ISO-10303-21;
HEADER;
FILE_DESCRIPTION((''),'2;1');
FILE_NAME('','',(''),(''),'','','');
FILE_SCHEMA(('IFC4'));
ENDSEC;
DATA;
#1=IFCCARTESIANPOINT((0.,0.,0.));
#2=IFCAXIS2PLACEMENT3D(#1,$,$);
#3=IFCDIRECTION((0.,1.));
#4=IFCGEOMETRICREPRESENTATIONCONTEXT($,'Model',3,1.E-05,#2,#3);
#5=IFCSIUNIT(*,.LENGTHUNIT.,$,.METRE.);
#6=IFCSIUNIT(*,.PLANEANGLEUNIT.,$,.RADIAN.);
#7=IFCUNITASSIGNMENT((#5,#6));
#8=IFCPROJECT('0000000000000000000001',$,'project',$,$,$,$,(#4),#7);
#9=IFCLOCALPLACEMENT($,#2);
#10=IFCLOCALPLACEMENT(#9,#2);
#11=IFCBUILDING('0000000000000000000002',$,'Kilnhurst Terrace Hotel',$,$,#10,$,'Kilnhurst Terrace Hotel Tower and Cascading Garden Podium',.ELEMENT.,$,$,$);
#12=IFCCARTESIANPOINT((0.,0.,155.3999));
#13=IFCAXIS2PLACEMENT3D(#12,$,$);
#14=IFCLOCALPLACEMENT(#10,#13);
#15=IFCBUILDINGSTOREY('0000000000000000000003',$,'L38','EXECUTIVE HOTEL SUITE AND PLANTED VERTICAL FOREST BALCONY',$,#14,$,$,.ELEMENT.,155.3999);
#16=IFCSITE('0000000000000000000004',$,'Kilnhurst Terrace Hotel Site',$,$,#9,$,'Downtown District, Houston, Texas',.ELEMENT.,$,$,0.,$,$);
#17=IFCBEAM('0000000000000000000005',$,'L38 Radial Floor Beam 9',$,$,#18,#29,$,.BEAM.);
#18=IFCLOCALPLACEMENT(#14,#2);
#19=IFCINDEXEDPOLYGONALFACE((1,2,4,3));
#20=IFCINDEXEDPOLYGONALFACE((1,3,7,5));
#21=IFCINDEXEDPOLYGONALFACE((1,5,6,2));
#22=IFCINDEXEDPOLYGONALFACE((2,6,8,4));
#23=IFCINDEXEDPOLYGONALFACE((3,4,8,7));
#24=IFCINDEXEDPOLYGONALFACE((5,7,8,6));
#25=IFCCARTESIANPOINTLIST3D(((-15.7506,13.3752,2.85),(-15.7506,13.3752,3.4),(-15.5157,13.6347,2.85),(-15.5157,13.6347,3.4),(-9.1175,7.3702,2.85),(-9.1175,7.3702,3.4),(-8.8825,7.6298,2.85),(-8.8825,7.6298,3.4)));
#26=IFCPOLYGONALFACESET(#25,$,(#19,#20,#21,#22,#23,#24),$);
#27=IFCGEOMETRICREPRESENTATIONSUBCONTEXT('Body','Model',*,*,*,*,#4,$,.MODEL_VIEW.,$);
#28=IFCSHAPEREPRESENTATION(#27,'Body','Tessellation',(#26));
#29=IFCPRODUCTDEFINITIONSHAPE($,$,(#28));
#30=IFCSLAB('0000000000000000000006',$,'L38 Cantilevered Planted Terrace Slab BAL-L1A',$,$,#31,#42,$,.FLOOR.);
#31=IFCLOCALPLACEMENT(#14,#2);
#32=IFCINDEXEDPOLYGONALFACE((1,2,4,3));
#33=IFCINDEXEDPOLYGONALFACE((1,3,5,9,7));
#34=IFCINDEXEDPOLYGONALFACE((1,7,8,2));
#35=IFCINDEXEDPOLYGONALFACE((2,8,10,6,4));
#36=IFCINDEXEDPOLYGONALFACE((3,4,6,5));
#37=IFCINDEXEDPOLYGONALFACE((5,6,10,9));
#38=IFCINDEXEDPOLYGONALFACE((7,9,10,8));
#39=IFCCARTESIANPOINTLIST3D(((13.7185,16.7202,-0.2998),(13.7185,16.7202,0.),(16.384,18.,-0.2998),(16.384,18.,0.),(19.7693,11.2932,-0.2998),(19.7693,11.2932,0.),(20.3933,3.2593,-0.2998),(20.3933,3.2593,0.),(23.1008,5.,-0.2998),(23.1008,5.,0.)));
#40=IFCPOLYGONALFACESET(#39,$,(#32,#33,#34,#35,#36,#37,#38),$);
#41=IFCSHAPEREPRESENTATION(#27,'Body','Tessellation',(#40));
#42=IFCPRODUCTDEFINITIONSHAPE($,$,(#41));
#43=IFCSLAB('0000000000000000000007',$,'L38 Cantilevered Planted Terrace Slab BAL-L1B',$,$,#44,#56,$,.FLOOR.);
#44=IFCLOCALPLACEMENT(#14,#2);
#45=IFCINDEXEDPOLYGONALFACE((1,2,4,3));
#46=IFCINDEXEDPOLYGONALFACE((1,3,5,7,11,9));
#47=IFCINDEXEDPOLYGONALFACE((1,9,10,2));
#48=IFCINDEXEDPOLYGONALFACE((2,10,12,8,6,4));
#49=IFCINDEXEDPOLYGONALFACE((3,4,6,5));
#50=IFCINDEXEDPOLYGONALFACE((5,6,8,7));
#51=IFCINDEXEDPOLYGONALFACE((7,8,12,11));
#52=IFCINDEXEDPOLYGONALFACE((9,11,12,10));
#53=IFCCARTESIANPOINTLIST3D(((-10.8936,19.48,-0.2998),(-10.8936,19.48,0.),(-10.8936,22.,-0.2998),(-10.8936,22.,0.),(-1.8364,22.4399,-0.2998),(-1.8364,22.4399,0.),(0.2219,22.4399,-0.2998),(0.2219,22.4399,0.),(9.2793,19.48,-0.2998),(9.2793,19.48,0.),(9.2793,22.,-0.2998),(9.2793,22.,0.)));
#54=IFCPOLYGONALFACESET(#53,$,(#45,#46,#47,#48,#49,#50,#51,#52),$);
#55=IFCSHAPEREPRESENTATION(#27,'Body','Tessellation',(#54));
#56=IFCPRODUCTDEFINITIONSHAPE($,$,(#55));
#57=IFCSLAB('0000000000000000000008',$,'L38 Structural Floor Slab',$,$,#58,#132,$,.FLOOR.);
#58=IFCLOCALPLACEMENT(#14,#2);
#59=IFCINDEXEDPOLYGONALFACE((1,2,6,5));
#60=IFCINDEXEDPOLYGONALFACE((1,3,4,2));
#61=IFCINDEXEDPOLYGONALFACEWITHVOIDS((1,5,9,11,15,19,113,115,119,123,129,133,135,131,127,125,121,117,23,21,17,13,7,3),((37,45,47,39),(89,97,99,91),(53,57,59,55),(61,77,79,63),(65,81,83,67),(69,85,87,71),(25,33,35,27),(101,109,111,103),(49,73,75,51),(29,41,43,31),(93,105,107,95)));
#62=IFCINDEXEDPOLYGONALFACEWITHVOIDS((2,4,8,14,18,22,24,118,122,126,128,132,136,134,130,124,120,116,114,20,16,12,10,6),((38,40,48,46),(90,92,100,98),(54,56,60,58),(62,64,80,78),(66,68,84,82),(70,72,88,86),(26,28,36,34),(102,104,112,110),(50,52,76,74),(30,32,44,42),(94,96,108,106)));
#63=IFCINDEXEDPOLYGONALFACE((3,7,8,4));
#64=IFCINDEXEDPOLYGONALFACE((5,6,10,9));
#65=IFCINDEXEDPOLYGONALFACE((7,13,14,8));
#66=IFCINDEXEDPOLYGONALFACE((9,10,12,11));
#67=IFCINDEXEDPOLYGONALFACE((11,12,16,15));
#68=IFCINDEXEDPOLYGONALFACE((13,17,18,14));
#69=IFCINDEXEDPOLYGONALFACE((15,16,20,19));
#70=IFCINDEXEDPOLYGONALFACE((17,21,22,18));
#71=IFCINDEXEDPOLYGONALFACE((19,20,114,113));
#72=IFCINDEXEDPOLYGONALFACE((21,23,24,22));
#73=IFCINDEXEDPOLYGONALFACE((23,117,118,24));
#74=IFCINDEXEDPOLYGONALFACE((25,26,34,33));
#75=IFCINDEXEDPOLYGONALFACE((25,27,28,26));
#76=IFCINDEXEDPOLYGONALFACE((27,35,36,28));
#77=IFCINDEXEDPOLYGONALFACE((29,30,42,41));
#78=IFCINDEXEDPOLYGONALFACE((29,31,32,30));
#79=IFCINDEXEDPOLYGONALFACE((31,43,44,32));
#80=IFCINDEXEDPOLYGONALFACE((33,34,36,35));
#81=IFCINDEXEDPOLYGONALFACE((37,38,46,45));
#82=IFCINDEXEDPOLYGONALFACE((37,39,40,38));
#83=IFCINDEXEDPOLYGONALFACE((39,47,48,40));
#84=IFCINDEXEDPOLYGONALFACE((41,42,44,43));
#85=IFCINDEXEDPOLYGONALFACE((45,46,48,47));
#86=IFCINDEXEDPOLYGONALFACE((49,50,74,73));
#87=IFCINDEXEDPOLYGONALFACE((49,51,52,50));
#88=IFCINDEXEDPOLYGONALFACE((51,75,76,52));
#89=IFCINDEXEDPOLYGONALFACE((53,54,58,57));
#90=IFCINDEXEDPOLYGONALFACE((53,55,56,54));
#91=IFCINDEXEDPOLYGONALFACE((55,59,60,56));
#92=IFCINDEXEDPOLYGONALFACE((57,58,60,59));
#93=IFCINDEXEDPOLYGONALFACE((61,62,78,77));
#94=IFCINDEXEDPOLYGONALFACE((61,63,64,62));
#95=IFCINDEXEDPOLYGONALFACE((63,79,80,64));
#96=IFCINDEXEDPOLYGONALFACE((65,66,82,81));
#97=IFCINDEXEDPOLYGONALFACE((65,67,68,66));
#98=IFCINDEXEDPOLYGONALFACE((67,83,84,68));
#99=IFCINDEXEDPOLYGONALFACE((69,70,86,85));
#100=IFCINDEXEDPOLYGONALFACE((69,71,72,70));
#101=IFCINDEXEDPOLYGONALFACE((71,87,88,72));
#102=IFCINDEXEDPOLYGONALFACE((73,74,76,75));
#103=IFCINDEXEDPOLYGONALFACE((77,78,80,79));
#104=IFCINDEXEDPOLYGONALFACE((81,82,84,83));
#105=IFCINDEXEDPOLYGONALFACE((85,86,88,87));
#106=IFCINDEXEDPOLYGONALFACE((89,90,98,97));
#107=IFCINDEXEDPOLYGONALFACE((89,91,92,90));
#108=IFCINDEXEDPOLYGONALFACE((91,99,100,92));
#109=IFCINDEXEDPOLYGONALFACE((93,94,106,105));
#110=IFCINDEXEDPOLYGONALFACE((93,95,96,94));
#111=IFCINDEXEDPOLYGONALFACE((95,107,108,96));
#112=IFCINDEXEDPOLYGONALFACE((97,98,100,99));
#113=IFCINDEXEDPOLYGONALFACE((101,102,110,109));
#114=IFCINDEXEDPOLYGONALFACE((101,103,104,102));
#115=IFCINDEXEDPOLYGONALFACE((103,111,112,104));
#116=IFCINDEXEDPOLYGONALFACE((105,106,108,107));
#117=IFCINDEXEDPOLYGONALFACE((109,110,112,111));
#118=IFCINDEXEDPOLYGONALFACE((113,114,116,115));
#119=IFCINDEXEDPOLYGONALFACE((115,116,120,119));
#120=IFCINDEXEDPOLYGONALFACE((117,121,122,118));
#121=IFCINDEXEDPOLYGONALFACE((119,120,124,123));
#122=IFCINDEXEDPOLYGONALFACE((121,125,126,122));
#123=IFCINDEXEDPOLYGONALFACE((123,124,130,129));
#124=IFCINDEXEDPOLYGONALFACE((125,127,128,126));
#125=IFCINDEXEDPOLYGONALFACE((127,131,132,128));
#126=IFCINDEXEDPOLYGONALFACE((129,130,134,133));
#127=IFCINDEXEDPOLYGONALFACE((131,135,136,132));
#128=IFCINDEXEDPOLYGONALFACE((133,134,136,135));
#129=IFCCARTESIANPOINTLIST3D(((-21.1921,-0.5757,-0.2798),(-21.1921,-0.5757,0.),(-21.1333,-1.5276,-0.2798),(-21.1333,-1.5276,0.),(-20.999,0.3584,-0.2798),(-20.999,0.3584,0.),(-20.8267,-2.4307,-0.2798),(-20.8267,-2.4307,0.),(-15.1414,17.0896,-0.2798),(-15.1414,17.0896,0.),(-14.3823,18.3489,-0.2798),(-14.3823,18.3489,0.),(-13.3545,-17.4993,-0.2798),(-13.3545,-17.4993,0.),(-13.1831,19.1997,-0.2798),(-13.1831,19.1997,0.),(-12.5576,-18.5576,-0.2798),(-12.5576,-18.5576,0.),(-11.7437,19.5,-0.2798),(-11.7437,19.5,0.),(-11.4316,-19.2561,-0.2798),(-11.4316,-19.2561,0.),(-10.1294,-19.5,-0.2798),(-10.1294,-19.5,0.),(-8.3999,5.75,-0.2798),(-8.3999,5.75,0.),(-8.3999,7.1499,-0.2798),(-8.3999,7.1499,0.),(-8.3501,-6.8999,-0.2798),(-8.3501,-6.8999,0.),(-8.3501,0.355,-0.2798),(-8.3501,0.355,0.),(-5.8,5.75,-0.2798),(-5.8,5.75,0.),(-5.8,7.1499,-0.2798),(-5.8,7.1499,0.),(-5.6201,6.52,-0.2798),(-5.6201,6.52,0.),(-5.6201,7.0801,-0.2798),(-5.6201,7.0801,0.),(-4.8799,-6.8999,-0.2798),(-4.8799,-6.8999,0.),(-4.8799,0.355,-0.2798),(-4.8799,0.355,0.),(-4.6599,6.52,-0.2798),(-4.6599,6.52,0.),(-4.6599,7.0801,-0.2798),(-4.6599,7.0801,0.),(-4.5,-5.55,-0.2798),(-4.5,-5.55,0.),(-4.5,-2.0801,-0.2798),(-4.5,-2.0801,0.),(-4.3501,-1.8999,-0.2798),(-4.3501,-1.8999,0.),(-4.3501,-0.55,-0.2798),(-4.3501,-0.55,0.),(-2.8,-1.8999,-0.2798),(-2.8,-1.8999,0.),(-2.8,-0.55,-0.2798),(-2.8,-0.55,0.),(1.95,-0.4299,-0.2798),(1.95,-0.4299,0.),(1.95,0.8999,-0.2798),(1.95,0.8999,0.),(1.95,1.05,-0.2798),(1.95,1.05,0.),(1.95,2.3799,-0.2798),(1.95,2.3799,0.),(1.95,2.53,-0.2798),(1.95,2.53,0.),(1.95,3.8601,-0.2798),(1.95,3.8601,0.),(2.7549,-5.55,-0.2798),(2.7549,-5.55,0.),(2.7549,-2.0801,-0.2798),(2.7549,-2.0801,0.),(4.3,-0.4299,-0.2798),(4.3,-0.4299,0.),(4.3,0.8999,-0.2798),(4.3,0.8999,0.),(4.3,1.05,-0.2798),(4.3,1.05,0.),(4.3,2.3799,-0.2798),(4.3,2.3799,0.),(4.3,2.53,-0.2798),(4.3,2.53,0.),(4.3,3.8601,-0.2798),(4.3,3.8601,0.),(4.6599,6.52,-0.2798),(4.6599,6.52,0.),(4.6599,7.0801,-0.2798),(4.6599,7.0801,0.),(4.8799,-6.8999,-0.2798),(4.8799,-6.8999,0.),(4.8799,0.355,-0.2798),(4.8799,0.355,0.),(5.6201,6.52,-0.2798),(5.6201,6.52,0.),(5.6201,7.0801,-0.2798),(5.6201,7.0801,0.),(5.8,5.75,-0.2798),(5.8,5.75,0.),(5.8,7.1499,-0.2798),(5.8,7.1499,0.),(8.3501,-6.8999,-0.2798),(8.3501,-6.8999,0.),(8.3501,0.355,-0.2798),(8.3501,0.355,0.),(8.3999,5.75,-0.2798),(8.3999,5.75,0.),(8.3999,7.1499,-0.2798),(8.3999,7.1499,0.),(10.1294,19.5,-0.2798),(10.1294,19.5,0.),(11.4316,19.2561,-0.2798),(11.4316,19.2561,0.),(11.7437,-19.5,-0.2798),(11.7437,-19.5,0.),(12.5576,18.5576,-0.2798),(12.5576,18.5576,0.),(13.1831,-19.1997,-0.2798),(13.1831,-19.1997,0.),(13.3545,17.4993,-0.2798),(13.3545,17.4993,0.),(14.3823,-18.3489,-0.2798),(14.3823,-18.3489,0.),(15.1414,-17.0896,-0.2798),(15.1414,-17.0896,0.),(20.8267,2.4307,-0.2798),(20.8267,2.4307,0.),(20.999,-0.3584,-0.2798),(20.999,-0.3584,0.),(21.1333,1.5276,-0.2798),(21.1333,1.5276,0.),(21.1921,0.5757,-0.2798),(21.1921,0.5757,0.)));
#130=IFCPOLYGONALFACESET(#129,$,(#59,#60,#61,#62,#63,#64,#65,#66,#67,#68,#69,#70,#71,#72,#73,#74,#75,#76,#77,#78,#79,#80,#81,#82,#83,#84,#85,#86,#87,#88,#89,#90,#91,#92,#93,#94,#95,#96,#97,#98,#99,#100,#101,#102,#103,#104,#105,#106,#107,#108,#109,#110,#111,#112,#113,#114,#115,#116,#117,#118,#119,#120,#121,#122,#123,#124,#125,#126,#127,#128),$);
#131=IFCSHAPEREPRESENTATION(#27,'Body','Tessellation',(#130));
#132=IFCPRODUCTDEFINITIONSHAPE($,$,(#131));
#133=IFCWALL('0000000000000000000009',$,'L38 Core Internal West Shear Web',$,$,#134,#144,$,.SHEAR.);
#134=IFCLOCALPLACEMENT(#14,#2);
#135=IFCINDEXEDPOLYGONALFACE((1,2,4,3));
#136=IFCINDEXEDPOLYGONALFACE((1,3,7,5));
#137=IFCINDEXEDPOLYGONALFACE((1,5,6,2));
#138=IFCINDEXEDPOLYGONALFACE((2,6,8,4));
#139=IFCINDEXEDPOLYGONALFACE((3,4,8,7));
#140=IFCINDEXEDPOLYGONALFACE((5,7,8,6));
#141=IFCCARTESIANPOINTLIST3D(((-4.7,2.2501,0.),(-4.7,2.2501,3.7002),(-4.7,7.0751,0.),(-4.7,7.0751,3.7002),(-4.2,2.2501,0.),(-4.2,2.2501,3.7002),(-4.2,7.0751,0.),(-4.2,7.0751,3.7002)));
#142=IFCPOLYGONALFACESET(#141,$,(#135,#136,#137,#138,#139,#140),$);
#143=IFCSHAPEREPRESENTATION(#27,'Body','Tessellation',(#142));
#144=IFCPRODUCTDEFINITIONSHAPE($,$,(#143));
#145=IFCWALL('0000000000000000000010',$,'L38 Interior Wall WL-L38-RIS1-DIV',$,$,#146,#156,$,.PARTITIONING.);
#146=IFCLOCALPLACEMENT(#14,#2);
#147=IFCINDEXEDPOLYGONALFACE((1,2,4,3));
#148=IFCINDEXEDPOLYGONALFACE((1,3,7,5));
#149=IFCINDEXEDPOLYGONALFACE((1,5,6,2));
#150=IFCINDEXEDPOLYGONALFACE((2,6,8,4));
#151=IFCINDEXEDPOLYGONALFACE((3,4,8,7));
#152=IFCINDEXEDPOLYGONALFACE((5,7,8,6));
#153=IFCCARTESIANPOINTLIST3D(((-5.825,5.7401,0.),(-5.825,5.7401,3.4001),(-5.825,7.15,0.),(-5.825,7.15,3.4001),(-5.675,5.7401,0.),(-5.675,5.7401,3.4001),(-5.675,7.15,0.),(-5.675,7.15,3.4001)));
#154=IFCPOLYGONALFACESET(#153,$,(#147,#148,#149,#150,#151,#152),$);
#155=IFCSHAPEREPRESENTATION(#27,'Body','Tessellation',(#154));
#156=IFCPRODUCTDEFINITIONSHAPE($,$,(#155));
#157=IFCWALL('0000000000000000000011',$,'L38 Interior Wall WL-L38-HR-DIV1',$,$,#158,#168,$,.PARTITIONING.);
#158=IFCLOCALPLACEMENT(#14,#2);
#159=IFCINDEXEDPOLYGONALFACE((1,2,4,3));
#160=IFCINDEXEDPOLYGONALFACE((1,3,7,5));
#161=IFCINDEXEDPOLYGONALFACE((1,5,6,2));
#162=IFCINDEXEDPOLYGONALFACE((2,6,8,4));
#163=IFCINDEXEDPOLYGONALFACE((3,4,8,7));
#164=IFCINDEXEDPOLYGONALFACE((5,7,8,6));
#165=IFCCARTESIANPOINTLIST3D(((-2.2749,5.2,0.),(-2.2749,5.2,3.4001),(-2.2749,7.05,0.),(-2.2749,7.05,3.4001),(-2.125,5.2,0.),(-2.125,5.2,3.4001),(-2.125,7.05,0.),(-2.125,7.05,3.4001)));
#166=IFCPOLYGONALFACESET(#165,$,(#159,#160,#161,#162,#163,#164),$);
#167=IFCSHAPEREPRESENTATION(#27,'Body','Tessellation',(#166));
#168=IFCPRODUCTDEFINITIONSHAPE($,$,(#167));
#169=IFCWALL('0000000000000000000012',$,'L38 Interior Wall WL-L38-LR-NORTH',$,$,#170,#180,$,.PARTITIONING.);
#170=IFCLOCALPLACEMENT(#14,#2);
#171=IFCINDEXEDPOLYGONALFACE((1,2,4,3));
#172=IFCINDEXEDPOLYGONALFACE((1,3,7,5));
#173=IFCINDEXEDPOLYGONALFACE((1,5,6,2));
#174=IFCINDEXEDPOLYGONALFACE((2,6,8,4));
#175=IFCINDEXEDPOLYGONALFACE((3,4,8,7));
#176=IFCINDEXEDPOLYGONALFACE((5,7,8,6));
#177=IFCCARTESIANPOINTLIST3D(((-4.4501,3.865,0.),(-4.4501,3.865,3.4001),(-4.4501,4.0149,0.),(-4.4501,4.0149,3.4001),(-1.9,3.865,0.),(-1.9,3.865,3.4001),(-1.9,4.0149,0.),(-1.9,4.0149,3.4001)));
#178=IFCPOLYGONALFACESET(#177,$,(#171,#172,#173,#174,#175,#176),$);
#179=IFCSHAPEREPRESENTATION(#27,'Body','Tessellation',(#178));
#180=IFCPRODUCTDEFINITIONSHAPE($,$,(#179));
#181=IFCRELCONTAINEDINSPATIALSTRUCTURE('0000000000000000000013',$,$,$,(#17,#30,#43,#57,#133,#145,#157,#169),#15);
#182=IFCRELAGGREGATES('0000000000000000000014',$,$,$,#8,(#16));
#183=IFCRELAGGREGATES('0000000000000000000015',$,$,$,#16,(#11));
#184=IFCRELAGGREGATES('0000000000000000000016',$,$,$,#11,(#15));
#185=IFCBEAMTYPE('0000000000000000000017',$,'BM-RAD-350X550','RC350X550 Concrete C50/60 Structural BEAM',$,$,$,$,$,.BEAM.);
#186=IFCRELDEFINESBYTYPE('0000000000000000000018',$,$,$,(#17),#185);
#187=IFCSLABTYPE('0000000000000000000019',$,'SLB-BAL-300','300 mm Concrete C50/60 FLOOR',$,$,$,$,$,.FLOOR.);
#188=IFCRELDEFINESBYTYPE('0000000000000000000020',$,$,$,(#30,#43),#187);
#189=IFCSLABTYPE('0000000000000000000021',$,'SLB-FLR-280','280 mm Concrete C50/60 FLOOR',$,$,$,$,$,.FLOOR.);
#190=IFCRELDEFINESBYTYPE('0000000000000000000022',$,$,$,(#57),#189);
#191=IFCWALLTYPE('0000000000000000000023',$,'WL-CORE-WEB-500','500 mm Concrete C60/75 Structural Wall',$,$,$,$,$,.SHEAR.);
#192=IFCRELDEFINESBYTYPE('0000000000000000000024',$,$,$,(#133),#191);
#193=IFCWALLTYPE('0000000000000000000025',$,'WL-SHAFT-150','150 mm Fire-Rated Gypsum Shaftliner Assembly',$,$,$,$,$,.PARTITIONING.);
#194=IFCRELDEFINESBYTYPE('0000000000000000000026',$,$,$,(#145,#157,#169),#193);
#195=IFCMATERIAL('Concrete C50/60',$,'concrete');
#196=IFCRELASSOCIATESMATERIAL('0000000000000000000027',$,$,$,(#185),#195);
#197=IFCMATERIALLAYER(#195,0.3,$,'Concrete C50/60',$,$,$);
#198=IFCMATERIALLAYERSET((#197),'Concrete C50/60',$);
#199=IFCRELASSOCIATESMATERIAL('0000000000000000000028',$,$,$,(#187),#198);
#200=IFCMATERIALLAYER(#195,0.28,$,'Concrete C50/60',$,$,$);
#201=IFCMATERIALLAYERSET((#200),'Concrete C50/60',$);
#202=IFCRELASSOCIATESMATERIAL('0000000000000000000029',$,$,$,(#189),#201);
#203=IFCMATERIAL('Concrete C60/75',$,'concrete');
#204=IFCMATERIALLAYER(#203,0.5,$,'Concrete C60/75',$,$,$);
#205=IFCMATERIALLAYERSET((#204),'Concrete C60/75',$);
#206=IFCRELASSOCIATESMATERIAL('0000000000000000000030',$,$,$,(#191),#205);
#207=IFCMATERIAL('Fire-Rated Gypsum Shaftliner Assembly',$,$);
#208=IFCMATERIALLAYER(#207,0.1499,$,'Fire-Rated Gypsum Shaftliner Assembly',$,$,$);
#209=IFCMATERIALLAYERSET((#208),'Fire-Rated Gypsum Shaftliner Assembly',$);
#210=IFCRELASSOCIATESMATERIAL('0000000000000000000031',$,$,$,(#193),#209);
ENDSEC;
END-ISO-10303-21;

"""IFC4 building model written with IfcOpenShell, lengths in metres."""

from ifc_helpers import new_model, si_unit, direction, frame, frame_2d, origin, origin_2d, place, context, subcontext, project, spatial, polyline, rectangle, outline, extrude, material, layer, layer_set, material_profile, profile_set, type_object, element, save


model = new_model("IFC4")

# Units and contexts
model_context = context("Model", 3, precision=1e-05, world=origin(), true_north=direction((0.0, 1.0)))
body_context = subcontext(model_context, "Body", "Model", "MODEL_VIEW")
ifc_project = project(units=[si_unit("LENGTHUNIT", "METRE"), si_unit("PLANEANGLEUNIT", "RADIAN")], contexts=[model_context])

# Site, building, storey
site_placement = place(None, origin())
site = spatial("IfcSite", under=ifc_project, at=site_placement, Name="Kilnhurst Terrace Hotel Site", LongName="Downtown District, Houston, Texas", CompositionType="ELEMENT", RefElevation=0.0)
building_placement = place(site_placement, origin())
building = spatial("IfcBuilding", under=site, at=building_placement, Name="Kilnhurst Terrace Hotel", LongName="Kilnhurst Terrace Hotel Tower and Cascading Garden Podium", CompositionType="ELEMENT")
storey_placement = place(building_placement, frame((0.0, 0.0, 155.3999)))
storey = spatial("IfcBuildingStorey", under=building, at=storey_placement, Name="L38", Description="EXECUTIVE HOTEL SUITE AND PLANTED VERTICAL FOREST BALCONY", CompositionType="ELEMENT", Elevation=155.3999)

# Beam
ifc_material_1 = material(Name="Concrete C50/60", Category="concrete")
ifc_material_profile = material_profile(ifc_material_1, rectangle(XDim=0.3501, YDim=0.55, at=origin_2d()), Name="RC350X550")
ifc_profile_set = profile_set([ifc_material_profile], Name="Concrete C50/60")
beam_type = type_object("IfcBeamType", Name="BM-RAD-350X550", Description="RC350X550 Concrete C50/60 Structural BEAM", PredefinedType="BEAM", material=ifc_profile_set)
beam_placement = place(storey_placement, frame((-9.0, 7.5, 3.125), z_axis=(-0.741339, 0.671131, 0.0), x_axis=(-0.671131, -0.741339, 0.0)))
element("IfcBeam", 1, at=beam_placement, inside=storey, type_object=beam_type, Name="L38 Radial Floor Beam 9", PredefinedType="BEAM", context=body_context, shape_type="SweptSolid", body=[
    extrude(rectangle(XDim=0.3501, YDim=0.55, at=origin_2d()), origin(), (0.0, 0.0, 1.0), 8.9475),
])

# Slabs
ifc_layer_1 = layer(ifc_material_1, 0.3, Name="Concrete C50/60")
ifc_layer_set_1 = layer_set([ifc_layer_1], Name="Concrete C50/60")
slab_type_1 = type_object("IfcSlabType", Name="SLB-BAL-300", Description="300 mm Concrete C50/60 FLOOR", PredefinedType="FLOOR", material=ifc_layer_set_1)
slab_1_placement = place(storey_placement, frame((0.0, 0.0, -0.2998)))
element("IfcSlab", 2, at=slab_1_placement, inside=storey, type_object=slab_type_1, Name="L38 Cantilevered Planted Terrace Slab BAL-L1A", PredefinedType="FLOOR", context=body_context, shape_type="SweptSolid", body=[
    extrude(outline(polyline([(19.7693, 11.2932), (23.1008, 5.0), (20.3933, 3.2593), (13.7185, 16.7202), (16.384, 18.0), (19.7693, 11.2932)])), origin(), (0.0, 0.0, 1.0), 0.2998),
])
slab_2_placement = place(storey_placement, frame((0.0, 0.0, -0.2998)))
element("IfcSlab", 3, at=slab_2_placement, inside=storey, type_object=slab_type_1, Name="L38 Cantilevered Planted Terrace Slab BAL-L1B", PredefinedType="FLOOR", context=body_context, shape_type="SweptSolid", body=[
    extrude(outline(polyline([(0.2219, 22.4399), (9.2793, 22.0), (9.2793, 19.48), (-10.8936, 19.48), (-10.8936, 22.0), (-1.8364, 22.4399), (0.2219, 22.4399)])), origin(), (0.0, 0.0, 1.0), 0.2998),
])
ifc_layer_2 = layer(ifc_material_1, 0.28, Name="Concrete C50/60")
ifc_layer_set_2 = layer_set([ifc_layer_2], Name="Concrete C50/60")
slab_type_2 = type_object("IfcSlabType", Name="SLB-FLR-280", Description="280 mm Concrete C50/60 FLOOR", PredefinedType="FLOOR", material=ifc_layer_set_2)
slab_3_placement = place(storey_placement, frame((0.0, 0.0, -0.2798)))
element("IfcSlab", 4, at=slab_3_placement, inside=storey, type_object=slab_type_2, Name="L38 Structural Floor Slab", PredefinedType="FLOOR", context=body_context, shape_type="SweptSolid", body=[
    extrude(outline(polyline([(-13.3545, -17.4993), (-12.5576, -18.5576), (-11.4316, -19.2561), (-10.1294, -19.5), (11.7437, -19.5), (13.1831, -19.1997), (14.3823, -18.3489), (15.1414, -17.0896), (20.999, -0.3584), (21.1921, 0.5757), (21.1333, 1.5276), (20.8267, 2.4307), (13.3545, 17.4993), (12.5576, 18.5576), (11.4316, 19.2561), (10.1294, 19.5), (-11.7437, 19.5), (-13.1831, 19.1997), (-14.3823, 18.3489), (-15.1414, 17.0896), (-20.999, 0.3584), (-21.1921, -0.5757), (-21.1333, -1.5276), (-20.8267, -2.4307), (-13.3545, -17.4993)]), holes=[polyline([(2.7549, -2.0801), (2.7549, -5.55), (-4.5, -5.55), (-4.5, -2.0801), (2.7549, -2.0801)]), polyline([(-8.3501, 0.355), (-4.8799, 0.355), (-4.8799, -6.8999), (-8.3501, -6.8999), (-8.3501, 0.355)]), polyline([(-2.8, -1.8999), (-4.3501, -1.8999), (-4.3501, -0.55), (-2.8, -0.55), (-2.8, -1.8999)]), polyline([(1.95, -0.4299), (1.95, 0.8999), (4.3, 0.8999), (4.3, -0.4299), (1.95, -0.4299)]), polyline([(-8.3999, 5.75), (-8.3999, 7.1499), (-5.8, 7.1499), (-5.8, 5.75), (-8.3999, 5.75)]), polyline([(-4.6599, 6.52), (-5.6201, 6.52), (-5.6201, 7.0801), (-4.6599, 7.0801), (-4.6599, 6.52)]), polyline([(8.3501, 0.355), (8.3501, -6.8999), (4.8799, -6.8999), (4.8799, 0.355), (8.3501, 0.355)]), polyline([(1.95, 1.05), (1.95, 2.3799), (4.3, 2.3799), (4.3, 1.05), (1.95, 1.05)]), polyline([(4.3, 2.53), (1.95, 2.53), (1.95, 3.8601), (4.3, 3.8601), (4.3, 2.53)]), polyline([(5.8, 5.75), (5.8, 7.1499), (8.3999, 7.1499), (8.3999, 5.75), (5.8, 5.75)]), polyline([(4.6599, 6.52), (4.6599, 7.0801), (5.6201, 7.0801), (5.6201, 6.52), (4.6599, 6.52)])]), origin(), (0.0, 0.0, 1.0), 0.2798),
])

# Walls
ifc_material_2 = material(Name="Concrete C60/75", Category="concrete")
ifc_layer_3 = layer(ifc_material_2, 0.5, Name="Concrete C60/75")
ifc_layer_set_3 = layer_set([ifc_layer_3], Name="Concrete C60/75")
wall_type_1 = type_object("IfcWallType", Name="WL-CORE-WEB-500", Description="500 mm Concrete C60/75 Structural Wall", PredefinedType="SHEAR", material=ifc_layer_set_3)
wall_1_placement = place(storey_placement, frame((-4.45, 2.25, 0.0), z_axis=(0.0, 0.0, 1.0), x_axis=(0.0, 1.0, 0.0)))
element("IfcWall", 5, at=wall_1_placement, inside=storey, type_object=wall_type_1, Name="L38 Core Internal West Shear Web", PredefinedType="SHEAR", context=body_context, shape_type="SweptSolid", body=[
    extrude(rectangle(XDim=4.825, YDim=0.5, at=frame_2d((2.4126, 0.0))), origin(), (0.0, 0.0, 1.0), 3.7002),
])
ifc_material_3 = material(Name="Fire-Rated Gypsum Shaftliner Assembly")
ifc_layer_4 = layer(ifc_material_3, 0.1499, Name="Fire-Rated Gypsum Shaftliner Assembly")
ifc_layer_set_4 = layer_set([ifc_layer_4], Name="Fire-Rated Gypsum Shaftliner Assembly")
wall_type_2 = type_object("IfcWallType", Name="WL-SHAFT-150", Description="150 mm Fire-Rated Gypsum Shaftliner Assembly", PredefinedType="PARTITIONING", material=ifc_layer_set_4)
wall_2_placement = place(storey_placement, frame((-5.75, 5.74, 0.0), z_axis=(0.0, 0.0, 1.0), x_axis=(0.0, 1.0, 0.0)))
element("IfcWall", 6, at=wall_2_placement, inside=storey, type_object=wall_type_2, Name="L38 Interior Wall WL-L38-RIS1-DIV", PredefinedType="PARTITIONING", context=body_context, shape_type="SweptSolid", body=[
    extrude(rectangle(XDim=1.4099, YDim=0.1499, at=frame_2d((0.7051, 0.0))), origin(), (0.0, 0.0, 1.0), 3.4001),
])
wall_3_placement = place(storey_placement, frame((-2.2, 5.2, 0.0), z_axis=(0.0, 0.0, 1.0), x_axis=(0.0, 1.0, 0.0)))
element("IfcWall", 7, at=wall_3_placement, inside=storey, type_object=wall_type_2, Name="L38 Interior Wall WL-L38-HR-DIV1", PredefinedType="PARTITIONING", context=body_context, shape_type="SweptSolid", body=[
    extrude(rectangle(XDim=1.8501, YDim=0.1499, at=frame_2d((0.925, 0.0))), origin(), (0.0, 0.0, 1.0), 3.4001),
])
wall_4_placement = place(storey_placement, frame((-4.45, 3.9399, 0.0), z_axis=(0.0, 0.0, 1.0), x_axis=(1.0, 0.0, 0.0)))
element("IfcWall", 8, at=wall_4_placement, inside=storey, type_object=wall_type_2, Name="L38 Interior Wall WL-L38-LR-NORTH", PredefinedType="PARTITIONING", context=body_context, shape_type="SweptSolid", body=[
    extrude(rectangle(XDim=2.55, YDim=0.1499, at=frame_2d((1.2749, 0.0))), origin(), (0.0, 0.0, 1.0), 3.4001),
])

save(model, "model.ifc")
